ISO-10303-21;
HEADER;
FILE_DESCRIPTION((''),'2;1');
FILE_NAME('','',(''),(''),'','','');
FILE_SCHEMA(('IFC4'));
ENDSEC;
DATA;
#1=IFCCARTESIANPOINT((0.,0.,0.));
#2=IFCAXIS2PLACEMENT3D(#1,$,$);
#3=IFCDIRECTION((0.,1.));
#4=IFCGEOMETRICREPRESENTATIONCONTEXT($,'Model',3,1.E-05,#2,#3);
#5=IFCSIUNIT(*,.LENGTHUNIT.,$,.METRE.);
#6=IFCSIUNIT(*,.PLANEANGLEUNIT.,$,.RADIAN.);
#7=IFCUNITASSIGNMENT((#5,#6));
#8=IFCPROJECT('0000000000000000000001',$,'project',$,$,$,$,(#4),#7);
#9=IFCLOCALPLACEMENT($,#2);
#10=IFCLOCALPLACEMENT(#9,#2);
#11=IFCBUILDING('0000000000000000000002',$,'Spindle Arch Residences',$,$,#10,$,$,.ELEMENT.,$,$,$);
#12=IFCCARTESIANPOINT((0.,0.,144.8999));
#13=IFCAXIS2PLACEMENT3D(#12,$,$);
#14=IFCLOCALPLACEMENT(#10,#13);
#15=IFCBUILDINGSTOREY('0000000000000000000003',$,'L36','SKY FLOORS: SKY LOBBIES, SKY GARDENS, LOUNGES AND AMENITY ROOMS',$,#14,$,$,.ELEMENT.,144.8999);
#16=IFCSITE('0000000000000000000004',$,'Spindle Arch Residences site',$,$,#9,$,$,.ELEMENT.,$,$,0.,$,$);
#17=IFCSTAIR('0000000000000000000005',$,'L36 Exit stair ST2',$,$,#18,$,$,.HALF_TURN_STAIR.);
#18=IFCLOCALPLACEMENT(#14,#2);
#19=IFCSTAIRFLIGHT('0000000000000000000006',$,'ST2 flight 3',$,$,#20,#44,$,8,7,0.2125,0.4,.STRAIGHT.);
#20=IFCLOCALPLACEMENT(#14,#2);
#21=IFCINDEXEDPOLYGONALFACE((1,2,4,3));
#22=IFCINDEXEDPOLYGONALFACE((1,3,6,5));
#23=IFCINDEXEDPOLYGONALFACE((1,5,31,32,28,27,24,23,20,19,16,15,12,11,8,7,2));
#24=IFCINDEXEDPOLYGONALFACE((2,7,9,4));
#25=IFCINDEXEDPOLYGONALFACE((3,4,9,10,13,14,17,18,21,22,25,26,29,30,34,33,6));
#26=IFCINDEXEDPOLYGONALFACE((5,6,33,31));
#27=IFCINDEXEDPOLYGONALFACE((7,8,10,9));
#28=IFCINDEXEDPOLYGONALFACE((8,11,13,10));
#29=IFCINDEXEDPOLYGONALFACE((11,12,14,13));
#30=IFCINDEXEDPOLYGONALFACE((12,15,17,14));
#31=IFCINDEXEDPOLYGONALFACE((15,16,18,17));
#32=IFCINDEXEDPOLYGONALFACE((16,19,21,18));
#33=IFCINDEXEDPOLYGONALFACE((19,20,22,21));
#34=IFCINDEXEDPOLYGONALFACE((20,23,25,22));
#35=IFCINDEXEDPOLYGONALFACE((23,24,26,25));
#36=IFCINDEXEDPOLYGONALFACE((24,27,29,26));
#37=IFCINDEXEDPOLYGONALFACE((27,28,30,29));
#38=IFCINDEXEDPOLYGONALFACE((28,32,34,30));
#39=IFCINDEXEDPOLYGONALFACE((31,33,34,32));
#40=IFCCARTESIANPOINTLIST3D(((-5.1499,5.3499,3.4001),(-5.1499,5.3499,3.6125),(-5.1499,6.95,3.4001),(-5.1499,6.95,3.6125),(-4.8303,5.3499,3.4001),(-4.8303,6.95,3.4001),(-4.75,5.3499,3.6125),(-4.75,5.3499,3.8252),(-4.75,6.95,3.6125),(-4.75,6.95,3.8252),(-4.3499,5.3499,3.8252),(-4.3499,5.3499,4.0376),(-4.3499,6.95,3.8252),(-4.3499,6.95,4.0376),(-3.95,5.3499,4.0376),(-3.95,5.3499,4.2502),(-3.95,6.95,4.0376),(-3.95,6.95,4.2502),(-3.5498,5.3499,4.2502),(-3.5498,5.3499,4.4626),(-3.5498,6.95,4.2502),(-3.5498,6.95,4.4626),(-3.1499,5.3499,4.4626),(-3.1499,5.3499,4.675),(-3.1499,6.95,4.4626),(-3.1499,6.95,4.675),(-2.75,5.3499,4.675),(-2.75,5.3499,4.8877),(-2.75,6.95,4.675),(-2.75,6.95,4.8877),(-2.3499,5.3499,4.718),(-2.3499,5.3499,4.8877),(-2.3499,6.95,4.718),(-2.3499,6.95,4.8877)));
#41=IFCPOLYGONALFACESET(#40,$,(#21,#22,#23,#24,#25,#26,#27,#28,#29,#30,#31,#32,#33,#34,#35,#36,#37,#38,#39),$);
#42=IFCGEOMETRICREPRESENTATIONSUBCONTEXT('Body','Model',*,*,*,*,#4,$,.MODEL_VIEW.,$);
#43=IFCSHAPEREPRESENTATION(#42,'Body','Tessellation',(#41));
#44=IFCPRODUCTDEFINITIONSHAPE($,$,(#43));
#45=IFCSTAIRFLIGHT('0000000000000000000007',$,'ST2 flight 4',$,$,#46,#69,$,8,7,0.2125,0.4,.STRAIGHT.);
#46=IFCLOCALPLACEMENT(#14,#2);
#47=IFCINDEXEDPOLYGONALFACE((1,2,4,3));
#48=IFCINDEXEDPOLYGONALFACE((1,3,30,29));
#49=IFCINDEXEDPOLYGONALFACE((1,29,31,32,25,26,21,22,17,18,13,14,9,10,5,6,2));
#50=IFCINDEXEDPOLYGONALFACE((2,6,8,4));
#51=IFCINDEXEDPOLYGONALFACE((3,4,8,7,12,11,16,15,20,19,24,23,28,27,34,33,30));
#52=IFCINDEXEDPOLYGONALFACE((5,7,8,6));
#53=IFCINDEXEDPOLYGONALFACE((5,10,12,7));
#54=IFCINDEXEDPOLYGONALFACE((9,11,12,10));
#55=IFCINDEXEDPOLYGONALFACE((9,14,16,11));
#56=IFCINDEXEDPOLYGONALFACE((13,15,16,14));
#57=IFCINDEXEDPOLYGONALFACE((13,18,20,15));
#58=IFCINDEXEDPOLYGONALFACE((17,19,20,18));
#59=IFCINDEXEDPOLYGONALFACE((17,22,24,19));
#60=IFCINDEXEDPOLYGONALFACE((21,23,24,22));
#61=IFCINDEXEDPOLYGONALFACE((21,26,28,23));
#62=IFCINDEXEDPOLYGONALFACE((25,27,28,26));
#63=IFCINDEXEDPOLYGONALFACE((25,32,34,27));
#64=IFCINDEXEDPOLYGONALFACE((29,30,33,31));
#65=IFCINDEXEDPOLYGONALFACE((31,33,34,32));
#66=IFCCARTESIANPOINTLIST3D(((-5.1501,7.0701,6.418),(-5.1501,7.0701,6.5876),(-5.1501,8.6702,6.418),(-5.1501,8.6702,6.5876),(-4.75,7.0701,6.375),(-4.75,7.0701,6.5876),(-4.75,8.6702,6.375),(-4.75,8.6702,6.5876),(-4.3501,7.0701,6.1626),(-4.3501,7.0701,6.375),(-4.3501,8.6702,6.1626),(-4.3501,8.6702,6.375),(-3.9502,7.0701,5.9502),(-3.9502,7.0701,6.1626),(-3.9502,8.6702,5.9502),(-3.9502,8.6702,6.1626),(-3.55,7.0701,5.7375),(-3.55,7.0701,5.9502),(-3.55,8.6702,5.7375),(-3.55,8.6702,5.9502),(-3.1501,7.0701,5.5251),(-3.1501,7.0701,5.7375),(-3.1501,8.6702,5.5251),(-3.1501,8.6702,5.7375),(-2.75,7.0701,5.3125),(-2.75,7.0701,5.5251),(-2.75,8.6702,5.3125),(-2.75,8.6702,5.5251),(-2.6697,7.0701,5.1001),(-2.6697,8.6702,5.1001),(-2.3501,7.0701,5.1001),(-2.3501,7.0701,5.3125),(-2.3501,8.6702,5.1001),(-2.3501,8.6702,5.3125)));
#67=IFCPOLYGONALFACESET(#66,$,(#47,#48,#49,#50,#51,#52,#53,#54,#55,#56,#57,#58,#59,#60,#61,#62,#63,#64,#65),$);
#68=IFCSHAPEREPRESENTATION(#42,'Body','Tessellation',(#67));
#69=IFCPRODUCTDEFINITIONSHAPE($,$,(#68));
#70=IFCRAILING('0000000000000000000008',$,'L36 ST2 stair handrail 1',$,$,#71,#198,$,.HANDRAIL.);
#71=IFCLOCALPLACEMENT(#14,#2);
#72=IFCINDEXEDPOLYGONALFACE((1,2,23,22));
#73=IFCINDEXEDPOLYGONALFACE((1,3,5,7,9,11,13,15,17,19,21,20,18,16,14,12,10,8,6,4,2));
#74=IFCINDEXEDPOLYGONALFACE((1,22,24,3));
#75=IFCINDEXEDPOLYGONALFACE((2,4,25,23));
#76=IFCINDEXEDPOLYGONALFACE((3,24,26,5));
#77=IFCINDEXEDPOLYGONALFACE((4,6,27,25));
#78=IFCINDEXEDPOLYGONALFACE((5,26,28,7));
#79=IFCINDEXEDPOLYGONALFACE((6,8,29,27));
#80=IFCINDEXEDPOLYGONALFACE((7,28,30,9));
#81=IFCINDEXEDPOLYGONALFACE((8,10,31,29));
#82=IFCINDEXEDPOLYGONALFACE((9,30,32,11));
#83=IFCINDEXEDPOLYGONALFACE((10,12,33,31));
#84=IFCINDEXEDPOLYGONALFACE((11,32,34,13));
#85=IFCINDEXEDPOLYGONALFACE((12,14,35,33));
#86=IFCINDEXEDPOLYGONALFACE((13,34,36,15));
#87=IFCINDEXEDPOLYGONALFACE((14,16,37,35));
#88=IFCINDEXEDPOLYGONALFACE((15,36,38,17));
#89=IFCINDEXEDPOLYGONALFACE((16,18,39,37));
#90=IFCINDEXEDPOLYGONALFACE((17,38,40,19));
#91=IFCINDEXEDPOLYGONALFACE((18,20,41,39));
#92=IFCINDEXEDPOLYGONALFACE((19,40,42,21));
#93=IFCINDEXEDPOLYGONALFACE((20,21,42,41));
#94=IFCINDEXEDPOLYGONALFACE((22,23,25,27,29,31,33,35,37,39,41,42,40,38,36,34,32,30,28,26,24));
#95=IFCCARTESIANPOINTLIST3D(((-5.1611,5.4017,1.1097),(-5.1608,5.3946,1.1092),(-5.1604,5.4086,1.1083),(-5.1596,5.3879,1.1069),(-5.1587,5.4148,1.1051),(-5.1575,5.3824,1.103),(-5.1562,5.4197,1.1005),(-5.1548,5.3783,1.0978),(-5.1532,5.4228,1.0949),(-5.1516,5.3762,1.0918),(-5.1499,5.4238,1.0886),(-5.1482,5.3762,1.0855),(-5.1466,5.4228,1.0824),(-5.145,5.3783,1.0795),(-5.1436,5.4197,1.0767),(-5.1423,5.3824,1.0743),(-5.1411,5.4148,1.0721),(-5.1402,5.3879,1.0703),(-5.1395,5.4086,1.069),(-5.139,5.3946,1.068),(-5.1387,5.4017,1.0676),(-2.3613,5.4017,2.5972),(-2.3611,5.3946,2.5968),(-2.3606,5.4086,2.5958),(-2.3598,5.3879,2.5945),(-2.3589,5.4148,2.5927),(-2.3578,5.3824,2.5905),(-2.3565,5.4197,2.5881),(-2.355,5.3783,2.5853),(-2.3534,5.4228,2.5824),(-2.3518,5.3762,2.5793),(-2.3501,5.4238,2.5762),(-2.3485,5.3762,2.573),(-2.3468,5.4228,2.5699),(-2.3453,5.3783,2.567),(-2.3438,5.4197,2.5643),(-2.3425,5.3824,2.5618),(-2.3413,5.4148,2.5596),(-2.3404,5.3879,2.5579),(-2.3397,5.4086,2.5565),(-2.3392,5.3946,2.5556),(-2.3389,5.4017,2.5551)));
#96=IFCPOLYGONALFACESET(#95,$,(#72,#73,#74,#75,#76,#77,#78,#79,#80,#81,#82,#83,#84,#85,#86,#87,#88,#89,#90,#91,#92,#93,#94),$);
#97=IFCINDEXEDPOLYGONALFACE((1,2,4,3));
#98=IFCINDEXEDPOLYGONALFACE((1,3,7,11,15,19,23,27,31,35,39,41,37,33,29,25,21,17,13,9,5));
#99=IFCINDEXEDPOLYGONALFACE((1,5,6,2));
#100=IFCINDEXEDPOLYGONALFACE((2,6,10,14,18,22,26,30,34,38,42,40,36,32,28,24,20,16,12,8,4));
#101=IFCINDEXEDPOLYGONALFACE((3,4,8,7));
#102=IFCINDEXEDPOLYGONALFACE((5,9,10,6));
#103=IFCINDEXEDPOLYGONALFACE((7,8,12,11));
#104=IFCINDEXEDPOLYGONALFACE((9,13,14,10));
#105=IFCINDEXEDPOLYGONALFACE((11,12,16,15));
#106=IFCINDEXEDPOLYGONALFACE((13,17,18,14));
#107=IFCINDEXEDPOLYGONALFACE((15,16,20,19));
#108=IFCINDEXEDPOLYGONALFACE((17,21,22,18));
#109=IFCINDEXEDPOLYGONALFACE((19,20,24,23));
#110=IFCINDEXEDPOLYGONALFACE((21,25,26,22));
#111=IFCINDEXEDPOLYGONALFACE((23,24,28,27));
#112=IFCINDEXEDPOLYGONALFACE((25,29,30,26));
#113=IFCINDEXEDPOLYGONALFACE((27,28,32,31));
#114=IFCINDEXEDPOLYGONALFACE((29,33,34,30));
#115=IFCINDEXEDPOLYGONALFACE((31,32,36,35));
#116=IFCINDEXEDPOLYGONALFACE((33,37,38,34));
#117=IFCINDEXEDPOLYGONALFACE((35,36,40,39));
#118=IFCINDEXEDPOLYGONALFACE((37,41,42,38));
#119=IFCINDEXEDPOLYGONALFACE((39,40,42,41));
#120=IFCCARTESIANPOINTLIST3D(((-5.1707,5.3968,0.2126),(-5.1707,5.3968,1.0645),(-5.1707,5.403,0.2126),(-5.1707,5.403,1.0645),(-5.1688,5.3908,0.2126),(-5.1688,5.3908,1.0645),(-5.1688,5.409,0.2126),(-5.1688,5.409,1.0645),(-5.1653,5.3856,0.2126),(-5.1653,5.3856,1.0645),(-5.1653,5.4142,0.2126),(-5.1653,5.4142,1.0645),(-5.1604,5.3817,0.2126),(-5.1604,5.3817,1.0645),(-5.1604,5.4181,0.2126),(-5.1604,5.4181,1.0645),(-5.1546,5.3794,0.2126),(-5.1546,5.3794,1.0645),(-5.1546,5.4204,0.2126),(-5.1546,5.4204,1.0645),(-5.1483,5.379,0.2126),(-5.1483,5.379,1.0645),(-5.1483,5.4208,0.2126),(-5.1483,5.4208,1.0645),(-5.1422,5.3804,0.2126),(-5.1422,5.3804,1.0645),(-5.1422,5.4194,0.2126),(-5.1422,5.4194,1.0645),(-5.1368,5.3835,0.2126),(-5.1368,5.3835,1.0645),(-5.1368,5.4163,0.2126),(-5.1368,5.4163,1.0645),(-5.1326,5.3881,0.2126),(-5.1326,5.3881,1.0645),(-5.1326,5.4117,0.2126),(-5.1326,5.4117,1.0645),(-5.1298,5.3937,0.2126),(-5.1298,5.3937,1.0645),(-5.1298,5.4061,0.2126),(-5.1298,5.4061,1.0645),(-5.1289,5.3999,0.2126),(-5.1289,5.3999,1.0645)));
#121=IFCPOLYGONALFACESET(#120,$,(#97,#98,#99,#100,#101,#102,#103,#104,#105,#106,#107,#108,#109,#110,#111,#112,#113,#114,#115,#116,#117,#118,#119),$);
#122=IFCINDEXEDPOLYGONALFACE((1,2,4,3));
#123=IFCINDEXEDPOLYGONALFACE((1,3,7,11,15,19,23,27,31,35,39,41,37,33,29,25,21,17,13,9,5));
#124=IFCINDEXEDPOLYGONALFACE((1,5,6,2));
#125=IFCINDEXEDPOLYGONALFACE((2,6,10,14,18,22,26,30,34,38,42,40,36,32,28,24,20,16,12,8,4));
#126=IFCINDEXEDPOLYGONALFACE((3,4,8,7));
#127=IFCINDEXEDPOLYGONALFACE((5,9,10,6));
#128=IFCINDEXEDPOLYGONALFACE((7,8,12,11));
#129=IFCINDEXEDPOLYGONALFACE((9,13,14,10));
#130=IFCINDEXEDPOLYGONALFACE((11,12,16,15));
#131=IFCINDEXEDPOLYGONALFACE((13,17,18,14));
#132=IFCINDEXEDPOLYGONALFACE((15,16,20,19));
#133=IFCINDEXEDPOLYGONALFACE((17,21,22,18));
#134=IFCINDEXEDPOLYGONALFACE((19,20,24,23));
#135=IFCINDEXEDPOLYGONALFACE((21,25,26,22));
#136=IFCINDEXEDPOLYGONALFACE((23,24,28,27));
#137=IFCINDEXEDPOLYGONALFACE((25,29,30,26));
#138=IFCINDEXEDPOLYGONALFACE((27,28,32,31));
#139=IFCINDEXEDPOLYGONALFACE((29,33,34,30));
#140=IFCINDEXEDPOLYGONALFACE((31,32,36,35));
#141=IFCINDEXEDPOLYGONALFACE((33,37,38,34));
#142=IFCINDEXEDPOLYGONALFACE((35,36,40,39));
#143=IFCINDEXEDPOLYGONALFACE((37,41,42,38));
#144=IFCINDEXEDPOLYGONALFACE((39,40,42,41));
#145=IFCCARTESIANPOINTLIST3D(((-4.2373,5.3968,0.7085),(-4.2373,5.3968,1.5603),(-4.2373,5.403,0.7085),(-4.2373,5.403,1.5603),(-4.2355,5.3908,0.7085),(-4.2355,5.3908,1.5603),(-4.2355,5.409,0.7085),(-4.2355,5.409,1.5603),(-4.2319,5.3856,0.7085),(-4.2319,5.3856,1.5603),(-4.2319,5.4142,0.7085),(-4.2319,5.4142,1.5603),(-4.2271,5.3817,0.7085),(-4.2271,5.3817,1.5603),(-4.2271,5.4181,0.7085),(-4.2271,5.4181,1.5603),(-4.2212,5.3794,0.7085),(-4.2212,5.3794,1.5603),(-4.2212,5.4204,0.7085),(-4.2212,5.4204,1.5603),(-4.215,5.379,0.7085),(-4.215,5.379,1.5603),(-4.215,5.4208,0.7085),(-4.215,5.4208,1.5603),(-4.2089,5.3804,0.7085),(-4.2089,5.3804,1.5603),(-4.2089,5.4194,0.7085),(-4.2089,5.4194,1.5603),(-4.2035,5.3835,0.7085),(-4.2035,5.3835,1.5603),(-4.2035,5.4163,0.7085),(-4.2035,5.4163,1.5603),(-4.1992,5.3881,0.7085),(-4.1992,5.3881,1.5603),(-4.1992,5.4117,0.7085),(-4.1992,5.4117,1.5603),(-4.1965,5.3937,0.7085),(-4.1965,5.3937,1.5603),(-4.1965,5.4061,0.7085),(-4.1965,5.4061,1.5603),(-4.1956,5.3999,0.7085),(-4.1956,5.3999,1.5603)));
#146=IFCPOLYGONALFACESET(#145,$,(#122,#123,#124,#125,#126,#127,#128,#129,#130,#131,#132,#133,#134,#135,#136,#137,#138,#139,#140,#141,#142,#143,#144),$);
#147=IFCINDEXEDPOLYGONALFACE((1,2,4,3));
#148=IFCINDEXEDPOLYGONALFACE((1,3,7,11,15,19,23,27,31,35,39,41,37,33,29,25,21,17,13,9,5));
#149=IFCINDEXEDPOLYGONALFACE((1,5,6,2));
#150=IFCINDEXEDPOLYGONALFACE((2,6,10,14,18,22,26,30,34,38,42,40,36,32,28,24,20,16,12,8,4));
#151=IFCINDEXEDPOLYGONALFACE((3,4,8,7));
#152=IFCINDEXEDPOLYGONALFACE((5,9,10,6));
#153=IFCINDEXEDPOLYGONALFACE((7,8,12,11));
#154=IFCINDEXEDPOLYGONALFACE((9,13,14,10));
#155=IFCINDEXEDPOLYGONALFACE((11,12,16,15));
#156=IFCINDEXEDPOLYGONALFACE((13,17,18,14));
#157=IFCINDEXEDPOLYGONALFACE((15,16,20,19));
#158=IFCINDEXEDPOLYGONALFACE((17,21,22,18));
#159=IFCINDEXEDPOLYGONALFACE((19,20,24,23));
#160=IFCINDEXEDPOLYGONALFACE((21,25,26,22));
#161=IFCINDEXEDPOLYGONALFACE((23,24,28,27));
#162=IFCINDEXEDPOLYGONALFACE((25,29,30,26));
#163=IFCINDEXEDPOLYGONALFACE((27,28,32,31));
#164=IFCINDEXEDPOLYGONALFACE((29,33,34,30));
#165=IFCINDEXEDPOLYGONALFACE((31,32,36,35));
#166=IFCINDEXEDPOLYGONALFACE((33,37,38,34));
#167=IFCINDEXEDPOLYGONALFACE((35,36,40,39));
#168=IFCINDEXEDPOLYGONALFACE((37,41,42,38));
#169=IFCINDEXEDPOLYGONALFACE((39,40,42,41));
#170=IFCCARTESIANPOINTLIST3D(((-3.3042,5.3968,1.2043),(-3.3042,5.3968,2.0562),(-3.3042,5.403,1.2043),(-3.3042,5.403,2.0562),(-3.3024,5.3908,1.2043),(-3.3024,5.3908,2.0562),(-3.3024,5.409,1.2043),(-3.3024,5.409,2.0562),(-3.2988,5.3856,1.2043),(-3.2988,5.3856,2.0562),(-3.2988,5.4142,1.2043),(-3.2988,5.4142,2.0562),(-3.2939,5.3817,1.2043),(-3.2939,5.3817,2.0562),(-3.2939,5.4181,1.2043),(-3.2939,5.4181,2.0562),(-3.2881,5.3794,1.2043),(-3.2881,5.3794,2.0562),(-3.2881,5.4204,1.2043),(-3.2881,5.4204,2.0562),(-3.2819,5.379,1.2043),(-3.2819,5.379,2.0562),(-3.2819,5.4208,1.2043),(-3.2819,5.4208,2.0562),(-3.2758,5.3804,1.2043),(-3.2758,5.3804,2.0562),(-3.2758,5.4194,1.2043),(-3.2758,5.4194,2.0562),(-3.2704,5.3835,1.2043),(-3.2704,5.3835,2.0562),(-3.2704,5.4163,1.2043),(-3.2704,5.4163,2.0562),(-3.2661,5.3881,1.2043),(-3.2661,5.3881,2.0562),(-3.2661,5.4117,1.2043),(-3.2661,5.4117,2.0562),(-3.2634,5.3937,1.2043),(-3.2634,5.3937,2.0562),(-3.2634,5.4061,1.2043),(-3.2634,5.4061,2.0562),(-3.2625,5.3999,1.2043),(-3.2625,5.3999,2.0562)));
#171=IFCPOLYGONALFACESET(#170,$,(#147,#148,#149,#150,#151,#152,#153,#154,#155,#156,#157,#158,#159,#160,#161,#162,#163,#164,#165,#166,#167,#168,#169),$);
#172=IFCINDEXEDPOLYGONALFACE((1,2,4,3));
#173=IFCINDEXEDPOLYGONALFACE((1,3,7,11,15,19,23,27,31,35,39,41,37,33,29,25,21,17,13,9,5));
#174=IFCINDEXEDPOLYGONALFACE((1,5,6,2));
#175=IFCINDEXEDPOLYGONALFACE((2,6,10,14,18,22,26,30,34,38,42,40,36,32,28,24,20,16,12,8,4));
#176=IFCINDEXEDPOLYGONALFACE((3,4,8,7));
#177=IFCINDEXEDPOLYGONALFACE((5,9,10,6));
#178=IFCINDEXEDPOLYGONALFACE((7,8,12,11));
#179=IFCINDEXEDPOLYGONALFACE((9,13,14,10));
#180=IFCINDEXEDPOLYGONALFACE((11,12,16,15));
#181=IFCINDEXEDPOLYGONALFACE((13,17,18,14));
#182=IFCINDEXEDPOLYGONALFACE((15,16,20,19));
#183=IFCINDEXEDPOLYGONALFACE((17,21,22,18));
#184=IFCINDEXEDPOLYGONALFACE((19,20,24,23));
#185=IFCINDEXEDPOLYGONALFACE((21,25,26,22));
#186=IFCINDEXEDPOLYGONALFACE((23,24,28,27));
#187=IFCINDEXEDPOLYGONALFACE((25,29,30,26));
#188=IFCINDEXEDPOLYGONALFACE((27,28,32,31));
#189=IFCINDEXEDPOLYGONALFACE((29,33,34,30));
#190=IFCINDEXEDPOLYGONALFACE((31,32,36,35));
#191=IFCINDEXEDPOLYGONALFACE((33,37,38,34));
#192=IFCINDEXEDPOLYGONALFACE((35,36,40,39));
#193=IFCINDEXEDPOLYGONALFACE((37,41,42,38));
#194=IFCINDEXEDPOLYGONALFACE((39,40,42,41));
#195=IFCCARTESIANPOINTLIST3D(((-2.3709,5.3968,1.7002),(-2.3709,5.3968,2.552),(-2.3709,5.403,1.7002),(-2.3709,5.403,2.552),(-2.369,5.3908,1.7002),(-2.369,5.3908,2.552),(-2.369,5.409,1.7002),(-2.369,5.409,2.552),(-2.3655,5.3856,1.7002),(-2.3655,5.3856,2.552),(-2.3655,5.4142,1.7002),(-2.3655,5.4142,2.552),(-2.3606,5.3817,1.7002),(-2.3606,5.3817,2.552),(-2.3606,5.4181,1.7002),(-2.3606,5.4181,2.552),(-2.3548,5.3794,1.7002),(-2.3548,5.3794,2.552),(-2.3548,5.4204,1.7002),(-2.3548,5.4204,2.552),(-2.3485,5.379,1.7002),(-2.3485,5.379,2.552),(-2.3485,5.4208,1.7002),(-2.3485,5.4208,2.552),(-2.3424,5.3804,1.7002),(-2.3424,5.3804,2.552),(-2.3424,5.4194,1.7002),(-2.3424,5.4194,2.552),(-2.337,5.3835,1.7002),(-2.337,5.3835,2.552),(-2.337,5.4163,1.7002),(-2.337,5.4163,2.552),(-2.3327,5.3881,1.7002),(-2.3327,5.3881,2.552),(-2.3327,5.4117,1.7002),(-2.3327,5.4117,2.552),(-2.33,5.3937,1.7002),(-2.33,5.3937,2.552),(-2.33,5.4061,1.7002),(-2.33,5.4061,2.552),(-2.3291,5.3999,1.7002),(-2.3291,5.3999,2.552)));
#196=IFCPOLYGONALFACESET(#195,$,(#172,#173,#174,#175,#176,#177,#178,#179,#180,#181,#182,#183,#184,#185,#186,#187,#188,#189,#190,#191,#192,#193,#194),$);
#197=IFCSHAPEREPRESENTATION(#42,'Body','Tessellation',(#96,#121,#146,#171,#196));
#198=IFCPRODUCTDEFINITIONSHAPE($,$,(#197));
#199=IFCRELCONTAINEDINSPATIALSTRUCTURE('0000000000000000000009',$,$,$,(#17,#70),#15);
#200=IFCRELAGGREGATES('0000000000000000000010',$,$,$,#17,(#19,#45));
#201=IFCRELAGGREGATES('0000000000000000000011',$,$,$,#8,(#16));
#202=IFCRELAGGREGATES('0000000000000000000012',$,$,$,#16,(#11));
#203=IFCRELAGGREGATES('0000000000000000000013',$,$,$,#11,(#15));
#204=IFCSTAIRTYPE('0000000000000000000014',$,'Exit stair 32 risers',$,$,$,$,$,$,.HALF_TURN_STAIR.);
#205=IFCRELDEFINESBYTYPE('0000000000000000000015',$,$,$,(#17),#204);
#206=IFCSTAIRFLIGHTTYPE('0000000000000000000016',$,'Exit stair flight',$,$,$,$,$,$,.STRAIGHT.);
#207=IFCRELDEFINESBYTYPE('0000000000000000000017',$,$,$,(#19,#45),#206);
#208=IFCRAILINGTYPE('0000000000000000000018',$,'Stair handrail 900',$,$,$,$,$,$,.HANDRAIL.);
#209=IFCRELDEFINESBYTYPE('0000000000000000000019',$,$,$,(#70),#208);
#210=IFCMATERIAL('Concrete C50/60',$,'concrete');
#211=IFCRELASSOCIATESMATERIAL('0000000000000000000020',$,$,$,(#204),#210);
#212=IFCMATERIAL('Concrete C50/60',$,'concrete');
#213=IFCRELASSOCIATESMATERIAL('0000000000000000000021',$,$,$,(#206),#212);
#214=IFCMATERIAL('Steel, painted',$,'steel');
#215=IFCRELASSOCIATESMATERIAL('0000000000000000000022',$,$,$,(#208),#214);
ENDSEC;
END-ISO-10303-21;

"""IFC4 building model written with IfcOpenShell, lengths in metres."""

from ifc_helpers import new_model, si_unit, direction, frame, origin, origin_2d, place, context, subcontext, project, spatial, polyline, circle, outline, extrude, material, type_object, element, aggregate, save


model = new_model("IFC4")

# Units and contexts
model_context = context("Model", 3, precision=1e-05, world=origin(), true_north=direction((0.0, 1.0)))
body_context = subcontext(model_context, "Body", "Model", "MODEL_VIEW")
ifc_project = project(units=[si_unit("LENGTHUNIT", "METRE"), si_unit("PLANEANGLEUNIT", "RADIAN")], contexts=[model_context])

# Site, building, storey
site_placement = place(None, origin())
site = spatial("IfcSite", under=ifc_project, at=site_placement, Name="Spindle Arch Residences site", CompositionType="ELEMENT", RefElevation=0.0)
building_placement = place(site_placement, origin())
building = spatial("IfcBuilding", under=site, at=building_placement, Name="Spindle Arch Residences", CompositionType="ELEMENT")
storey_placement = place(building_placement, frame((0.0, 0.0, 144.8999)))
storey = spatial("IfcBuildingStorey", under=building, at=storey_placement, Name="L36", Description="SKY FLOORS: SKY LOBBIES, SKY GARDENS, LOUNGES AND AMENITY ROOMS", CompositionType="ELEMENT", Elevation=144.8999)

# Stair, stair flights
ifc_material_1 = material(Name="Concrete C50/60", Category="concrete")
stair_type = type_object("IfcStairType", Name="Exit stair 32 risers", PredefinedType="HALF_TURN_STAIR", material=ifc_material_1)
stair_placement = place(storey_placement, origin())
stair = element("IfcStair", 1, at=stair_placement, inside=storey, type_object=stair_type, Name="L36 Exit stair ST2", PredefinedType="HALF_TURN_STAIR")
ifc_material_2 = material(Name="Concrete C50/60", Category="concrete")
stair_flight_type = type_object("IfcStairFlightType", Name="Exit stair flight", PredefinedType="STRAIGHT", material=ifc_material_2)
stair_flight_1_placement = place(storey_placement, frame((-5.1499, 6.1499, 3.4001), z_axis=(0.0, 0.0, 1.0), x_axis=(1.0, 0.0, 0.0)))
stair_flight_1 = element("IfcStairFlight", 2, at=stair_flight_1_placement, type_object=stair_flight_type, Name="ST2 flight 3", NumberOfRisers=8, NumberOfTreads=7, PredefinedType="STRAIGHT", RiserHeight=0.2125, TreadLength=0.4, context=body_context, shape_type="SweptSolid", body=[
    extrude(outline(polyline([(0.0, 0.0), (0.0, 0.2124), (0.3999, 0.2124), (0.3999, 0.425), (0.8, 0.425), (0.8, 0.6375), (1.2, 0.6375), (1.2, 0.8501), (1.6001, 0.8501), (1.6001, 1.0625), (2.0, 1.0625), (2.0, 1.2749), (2.3999, 1.2749), (2.3999, 1.4875), (2.8, 1.4875), (2.8, 1.7), (2.8, 1.3179), (0.3196, 0.0), (0.0, 0.0)])), frame((0.0, 0.8, 0.0), z_axis=(0.0, -1.0, 0.0), x_axis=(1.0, 0.0, 0.0)), (0.0, 0.0, 1.0), 1.6001),
])
stair_flight_2_placement = place(storey_placement, frame((-2.3501, 7.8701, 5.1001), z_axis=(0.0, 0.0, 1.0), x_axis=(-1.0, 0.0, 0.0)))
stair_flight_2 = element("IfcStairFlight", 3, at=stair_flight_2_placement, type_object=stair_flight_type, Name="ST2 flight 4", NumberOfRisers=8, NumberOfTreads=7, PredefinedType="STRAIGHT", RiserHeight=0.2125, TreadLength=0.4, context=body_context, shape_type="SweptSolid", body=[
    extrude(outline(polyline([(0.0, 0.0), (0.0, 0.2124), (0.3999, 0.2124), (0.3999, 0.425), (0.8, 0.425), (0.8, 0.6375), (1.2, 0.6375), (1.2, 0.8501), (1.6001, 0.8501), (1.6001, 1.0625), (2.0, 1.0625), (2.0, 1.2749), (2.3999, 1.2749), (2.3999, 1.4875), (2.8, 1.4875), (2.8, 1.7), (2.8, 1.3179), (0.3196, 0.0), (0.0, 0.0)])), frame((0.0, 0.8, 0.0), z_axis=(0.0, -1.0, 0.0), x_axis=(1.0, 0.0, 0.0)), (0.0, 0.0, 1.0), 1.6001),
])
aggregate(stair, [stair_flight_1, stair_flight_2])

# Railing
ifc_material_3 = material(Name="Steel, painted", Category="steel")
railing_type_1 = type_object("IfcRailingType", Name="Stair handrail 900", PredefinedType="HANDRAIL", material=ifc_material_3)
railing_1_placement = place(storey_placement, frame((-5.1499, 5.3999, 0.2126)))
element("IfcRailing", 4, at=railing_1_placement, inside=storey, type_object=railing_type_1, Name="L36 ST2 stair handrail 1", PredefinedType="HANDRAIL", context=body_context, shape_type="SweptSolid", body=[
    extrude(circle(Radius=0.0239, at=origin_2d()), frame((0.0, 0.0, 0.876), z_axis=(0.883096, 0.0, 0.469193), x_axis=(0.0, 1.0, 0.0)), (0.0, 0.0, 1.0), 3.1704),
    extrude(circle(Radius=0.021, at=origin_2d()), origin(), (0.0, 0.0, 1.0), 0.8518),
    extrude(circle(Radius=0.021, at=origin_2d()), frame((0.9333, 0.0, 0.4958)), (0.0, 0.0, 1.0), 0.8518),
    extrude(circle(Radius=0.021, at=origin_2d()), frame((1.8665, 0.0, 0.9917)), (0.0, 0.0, 1.0), 0.8518),
    extrude(circle(Radius=0.021, at=origin_2d()), frame((2.7998, 0.0, 1.4875)), (0.0, 0.0, 1.0), 0.8518),
])

save(model, "model.ifc")
